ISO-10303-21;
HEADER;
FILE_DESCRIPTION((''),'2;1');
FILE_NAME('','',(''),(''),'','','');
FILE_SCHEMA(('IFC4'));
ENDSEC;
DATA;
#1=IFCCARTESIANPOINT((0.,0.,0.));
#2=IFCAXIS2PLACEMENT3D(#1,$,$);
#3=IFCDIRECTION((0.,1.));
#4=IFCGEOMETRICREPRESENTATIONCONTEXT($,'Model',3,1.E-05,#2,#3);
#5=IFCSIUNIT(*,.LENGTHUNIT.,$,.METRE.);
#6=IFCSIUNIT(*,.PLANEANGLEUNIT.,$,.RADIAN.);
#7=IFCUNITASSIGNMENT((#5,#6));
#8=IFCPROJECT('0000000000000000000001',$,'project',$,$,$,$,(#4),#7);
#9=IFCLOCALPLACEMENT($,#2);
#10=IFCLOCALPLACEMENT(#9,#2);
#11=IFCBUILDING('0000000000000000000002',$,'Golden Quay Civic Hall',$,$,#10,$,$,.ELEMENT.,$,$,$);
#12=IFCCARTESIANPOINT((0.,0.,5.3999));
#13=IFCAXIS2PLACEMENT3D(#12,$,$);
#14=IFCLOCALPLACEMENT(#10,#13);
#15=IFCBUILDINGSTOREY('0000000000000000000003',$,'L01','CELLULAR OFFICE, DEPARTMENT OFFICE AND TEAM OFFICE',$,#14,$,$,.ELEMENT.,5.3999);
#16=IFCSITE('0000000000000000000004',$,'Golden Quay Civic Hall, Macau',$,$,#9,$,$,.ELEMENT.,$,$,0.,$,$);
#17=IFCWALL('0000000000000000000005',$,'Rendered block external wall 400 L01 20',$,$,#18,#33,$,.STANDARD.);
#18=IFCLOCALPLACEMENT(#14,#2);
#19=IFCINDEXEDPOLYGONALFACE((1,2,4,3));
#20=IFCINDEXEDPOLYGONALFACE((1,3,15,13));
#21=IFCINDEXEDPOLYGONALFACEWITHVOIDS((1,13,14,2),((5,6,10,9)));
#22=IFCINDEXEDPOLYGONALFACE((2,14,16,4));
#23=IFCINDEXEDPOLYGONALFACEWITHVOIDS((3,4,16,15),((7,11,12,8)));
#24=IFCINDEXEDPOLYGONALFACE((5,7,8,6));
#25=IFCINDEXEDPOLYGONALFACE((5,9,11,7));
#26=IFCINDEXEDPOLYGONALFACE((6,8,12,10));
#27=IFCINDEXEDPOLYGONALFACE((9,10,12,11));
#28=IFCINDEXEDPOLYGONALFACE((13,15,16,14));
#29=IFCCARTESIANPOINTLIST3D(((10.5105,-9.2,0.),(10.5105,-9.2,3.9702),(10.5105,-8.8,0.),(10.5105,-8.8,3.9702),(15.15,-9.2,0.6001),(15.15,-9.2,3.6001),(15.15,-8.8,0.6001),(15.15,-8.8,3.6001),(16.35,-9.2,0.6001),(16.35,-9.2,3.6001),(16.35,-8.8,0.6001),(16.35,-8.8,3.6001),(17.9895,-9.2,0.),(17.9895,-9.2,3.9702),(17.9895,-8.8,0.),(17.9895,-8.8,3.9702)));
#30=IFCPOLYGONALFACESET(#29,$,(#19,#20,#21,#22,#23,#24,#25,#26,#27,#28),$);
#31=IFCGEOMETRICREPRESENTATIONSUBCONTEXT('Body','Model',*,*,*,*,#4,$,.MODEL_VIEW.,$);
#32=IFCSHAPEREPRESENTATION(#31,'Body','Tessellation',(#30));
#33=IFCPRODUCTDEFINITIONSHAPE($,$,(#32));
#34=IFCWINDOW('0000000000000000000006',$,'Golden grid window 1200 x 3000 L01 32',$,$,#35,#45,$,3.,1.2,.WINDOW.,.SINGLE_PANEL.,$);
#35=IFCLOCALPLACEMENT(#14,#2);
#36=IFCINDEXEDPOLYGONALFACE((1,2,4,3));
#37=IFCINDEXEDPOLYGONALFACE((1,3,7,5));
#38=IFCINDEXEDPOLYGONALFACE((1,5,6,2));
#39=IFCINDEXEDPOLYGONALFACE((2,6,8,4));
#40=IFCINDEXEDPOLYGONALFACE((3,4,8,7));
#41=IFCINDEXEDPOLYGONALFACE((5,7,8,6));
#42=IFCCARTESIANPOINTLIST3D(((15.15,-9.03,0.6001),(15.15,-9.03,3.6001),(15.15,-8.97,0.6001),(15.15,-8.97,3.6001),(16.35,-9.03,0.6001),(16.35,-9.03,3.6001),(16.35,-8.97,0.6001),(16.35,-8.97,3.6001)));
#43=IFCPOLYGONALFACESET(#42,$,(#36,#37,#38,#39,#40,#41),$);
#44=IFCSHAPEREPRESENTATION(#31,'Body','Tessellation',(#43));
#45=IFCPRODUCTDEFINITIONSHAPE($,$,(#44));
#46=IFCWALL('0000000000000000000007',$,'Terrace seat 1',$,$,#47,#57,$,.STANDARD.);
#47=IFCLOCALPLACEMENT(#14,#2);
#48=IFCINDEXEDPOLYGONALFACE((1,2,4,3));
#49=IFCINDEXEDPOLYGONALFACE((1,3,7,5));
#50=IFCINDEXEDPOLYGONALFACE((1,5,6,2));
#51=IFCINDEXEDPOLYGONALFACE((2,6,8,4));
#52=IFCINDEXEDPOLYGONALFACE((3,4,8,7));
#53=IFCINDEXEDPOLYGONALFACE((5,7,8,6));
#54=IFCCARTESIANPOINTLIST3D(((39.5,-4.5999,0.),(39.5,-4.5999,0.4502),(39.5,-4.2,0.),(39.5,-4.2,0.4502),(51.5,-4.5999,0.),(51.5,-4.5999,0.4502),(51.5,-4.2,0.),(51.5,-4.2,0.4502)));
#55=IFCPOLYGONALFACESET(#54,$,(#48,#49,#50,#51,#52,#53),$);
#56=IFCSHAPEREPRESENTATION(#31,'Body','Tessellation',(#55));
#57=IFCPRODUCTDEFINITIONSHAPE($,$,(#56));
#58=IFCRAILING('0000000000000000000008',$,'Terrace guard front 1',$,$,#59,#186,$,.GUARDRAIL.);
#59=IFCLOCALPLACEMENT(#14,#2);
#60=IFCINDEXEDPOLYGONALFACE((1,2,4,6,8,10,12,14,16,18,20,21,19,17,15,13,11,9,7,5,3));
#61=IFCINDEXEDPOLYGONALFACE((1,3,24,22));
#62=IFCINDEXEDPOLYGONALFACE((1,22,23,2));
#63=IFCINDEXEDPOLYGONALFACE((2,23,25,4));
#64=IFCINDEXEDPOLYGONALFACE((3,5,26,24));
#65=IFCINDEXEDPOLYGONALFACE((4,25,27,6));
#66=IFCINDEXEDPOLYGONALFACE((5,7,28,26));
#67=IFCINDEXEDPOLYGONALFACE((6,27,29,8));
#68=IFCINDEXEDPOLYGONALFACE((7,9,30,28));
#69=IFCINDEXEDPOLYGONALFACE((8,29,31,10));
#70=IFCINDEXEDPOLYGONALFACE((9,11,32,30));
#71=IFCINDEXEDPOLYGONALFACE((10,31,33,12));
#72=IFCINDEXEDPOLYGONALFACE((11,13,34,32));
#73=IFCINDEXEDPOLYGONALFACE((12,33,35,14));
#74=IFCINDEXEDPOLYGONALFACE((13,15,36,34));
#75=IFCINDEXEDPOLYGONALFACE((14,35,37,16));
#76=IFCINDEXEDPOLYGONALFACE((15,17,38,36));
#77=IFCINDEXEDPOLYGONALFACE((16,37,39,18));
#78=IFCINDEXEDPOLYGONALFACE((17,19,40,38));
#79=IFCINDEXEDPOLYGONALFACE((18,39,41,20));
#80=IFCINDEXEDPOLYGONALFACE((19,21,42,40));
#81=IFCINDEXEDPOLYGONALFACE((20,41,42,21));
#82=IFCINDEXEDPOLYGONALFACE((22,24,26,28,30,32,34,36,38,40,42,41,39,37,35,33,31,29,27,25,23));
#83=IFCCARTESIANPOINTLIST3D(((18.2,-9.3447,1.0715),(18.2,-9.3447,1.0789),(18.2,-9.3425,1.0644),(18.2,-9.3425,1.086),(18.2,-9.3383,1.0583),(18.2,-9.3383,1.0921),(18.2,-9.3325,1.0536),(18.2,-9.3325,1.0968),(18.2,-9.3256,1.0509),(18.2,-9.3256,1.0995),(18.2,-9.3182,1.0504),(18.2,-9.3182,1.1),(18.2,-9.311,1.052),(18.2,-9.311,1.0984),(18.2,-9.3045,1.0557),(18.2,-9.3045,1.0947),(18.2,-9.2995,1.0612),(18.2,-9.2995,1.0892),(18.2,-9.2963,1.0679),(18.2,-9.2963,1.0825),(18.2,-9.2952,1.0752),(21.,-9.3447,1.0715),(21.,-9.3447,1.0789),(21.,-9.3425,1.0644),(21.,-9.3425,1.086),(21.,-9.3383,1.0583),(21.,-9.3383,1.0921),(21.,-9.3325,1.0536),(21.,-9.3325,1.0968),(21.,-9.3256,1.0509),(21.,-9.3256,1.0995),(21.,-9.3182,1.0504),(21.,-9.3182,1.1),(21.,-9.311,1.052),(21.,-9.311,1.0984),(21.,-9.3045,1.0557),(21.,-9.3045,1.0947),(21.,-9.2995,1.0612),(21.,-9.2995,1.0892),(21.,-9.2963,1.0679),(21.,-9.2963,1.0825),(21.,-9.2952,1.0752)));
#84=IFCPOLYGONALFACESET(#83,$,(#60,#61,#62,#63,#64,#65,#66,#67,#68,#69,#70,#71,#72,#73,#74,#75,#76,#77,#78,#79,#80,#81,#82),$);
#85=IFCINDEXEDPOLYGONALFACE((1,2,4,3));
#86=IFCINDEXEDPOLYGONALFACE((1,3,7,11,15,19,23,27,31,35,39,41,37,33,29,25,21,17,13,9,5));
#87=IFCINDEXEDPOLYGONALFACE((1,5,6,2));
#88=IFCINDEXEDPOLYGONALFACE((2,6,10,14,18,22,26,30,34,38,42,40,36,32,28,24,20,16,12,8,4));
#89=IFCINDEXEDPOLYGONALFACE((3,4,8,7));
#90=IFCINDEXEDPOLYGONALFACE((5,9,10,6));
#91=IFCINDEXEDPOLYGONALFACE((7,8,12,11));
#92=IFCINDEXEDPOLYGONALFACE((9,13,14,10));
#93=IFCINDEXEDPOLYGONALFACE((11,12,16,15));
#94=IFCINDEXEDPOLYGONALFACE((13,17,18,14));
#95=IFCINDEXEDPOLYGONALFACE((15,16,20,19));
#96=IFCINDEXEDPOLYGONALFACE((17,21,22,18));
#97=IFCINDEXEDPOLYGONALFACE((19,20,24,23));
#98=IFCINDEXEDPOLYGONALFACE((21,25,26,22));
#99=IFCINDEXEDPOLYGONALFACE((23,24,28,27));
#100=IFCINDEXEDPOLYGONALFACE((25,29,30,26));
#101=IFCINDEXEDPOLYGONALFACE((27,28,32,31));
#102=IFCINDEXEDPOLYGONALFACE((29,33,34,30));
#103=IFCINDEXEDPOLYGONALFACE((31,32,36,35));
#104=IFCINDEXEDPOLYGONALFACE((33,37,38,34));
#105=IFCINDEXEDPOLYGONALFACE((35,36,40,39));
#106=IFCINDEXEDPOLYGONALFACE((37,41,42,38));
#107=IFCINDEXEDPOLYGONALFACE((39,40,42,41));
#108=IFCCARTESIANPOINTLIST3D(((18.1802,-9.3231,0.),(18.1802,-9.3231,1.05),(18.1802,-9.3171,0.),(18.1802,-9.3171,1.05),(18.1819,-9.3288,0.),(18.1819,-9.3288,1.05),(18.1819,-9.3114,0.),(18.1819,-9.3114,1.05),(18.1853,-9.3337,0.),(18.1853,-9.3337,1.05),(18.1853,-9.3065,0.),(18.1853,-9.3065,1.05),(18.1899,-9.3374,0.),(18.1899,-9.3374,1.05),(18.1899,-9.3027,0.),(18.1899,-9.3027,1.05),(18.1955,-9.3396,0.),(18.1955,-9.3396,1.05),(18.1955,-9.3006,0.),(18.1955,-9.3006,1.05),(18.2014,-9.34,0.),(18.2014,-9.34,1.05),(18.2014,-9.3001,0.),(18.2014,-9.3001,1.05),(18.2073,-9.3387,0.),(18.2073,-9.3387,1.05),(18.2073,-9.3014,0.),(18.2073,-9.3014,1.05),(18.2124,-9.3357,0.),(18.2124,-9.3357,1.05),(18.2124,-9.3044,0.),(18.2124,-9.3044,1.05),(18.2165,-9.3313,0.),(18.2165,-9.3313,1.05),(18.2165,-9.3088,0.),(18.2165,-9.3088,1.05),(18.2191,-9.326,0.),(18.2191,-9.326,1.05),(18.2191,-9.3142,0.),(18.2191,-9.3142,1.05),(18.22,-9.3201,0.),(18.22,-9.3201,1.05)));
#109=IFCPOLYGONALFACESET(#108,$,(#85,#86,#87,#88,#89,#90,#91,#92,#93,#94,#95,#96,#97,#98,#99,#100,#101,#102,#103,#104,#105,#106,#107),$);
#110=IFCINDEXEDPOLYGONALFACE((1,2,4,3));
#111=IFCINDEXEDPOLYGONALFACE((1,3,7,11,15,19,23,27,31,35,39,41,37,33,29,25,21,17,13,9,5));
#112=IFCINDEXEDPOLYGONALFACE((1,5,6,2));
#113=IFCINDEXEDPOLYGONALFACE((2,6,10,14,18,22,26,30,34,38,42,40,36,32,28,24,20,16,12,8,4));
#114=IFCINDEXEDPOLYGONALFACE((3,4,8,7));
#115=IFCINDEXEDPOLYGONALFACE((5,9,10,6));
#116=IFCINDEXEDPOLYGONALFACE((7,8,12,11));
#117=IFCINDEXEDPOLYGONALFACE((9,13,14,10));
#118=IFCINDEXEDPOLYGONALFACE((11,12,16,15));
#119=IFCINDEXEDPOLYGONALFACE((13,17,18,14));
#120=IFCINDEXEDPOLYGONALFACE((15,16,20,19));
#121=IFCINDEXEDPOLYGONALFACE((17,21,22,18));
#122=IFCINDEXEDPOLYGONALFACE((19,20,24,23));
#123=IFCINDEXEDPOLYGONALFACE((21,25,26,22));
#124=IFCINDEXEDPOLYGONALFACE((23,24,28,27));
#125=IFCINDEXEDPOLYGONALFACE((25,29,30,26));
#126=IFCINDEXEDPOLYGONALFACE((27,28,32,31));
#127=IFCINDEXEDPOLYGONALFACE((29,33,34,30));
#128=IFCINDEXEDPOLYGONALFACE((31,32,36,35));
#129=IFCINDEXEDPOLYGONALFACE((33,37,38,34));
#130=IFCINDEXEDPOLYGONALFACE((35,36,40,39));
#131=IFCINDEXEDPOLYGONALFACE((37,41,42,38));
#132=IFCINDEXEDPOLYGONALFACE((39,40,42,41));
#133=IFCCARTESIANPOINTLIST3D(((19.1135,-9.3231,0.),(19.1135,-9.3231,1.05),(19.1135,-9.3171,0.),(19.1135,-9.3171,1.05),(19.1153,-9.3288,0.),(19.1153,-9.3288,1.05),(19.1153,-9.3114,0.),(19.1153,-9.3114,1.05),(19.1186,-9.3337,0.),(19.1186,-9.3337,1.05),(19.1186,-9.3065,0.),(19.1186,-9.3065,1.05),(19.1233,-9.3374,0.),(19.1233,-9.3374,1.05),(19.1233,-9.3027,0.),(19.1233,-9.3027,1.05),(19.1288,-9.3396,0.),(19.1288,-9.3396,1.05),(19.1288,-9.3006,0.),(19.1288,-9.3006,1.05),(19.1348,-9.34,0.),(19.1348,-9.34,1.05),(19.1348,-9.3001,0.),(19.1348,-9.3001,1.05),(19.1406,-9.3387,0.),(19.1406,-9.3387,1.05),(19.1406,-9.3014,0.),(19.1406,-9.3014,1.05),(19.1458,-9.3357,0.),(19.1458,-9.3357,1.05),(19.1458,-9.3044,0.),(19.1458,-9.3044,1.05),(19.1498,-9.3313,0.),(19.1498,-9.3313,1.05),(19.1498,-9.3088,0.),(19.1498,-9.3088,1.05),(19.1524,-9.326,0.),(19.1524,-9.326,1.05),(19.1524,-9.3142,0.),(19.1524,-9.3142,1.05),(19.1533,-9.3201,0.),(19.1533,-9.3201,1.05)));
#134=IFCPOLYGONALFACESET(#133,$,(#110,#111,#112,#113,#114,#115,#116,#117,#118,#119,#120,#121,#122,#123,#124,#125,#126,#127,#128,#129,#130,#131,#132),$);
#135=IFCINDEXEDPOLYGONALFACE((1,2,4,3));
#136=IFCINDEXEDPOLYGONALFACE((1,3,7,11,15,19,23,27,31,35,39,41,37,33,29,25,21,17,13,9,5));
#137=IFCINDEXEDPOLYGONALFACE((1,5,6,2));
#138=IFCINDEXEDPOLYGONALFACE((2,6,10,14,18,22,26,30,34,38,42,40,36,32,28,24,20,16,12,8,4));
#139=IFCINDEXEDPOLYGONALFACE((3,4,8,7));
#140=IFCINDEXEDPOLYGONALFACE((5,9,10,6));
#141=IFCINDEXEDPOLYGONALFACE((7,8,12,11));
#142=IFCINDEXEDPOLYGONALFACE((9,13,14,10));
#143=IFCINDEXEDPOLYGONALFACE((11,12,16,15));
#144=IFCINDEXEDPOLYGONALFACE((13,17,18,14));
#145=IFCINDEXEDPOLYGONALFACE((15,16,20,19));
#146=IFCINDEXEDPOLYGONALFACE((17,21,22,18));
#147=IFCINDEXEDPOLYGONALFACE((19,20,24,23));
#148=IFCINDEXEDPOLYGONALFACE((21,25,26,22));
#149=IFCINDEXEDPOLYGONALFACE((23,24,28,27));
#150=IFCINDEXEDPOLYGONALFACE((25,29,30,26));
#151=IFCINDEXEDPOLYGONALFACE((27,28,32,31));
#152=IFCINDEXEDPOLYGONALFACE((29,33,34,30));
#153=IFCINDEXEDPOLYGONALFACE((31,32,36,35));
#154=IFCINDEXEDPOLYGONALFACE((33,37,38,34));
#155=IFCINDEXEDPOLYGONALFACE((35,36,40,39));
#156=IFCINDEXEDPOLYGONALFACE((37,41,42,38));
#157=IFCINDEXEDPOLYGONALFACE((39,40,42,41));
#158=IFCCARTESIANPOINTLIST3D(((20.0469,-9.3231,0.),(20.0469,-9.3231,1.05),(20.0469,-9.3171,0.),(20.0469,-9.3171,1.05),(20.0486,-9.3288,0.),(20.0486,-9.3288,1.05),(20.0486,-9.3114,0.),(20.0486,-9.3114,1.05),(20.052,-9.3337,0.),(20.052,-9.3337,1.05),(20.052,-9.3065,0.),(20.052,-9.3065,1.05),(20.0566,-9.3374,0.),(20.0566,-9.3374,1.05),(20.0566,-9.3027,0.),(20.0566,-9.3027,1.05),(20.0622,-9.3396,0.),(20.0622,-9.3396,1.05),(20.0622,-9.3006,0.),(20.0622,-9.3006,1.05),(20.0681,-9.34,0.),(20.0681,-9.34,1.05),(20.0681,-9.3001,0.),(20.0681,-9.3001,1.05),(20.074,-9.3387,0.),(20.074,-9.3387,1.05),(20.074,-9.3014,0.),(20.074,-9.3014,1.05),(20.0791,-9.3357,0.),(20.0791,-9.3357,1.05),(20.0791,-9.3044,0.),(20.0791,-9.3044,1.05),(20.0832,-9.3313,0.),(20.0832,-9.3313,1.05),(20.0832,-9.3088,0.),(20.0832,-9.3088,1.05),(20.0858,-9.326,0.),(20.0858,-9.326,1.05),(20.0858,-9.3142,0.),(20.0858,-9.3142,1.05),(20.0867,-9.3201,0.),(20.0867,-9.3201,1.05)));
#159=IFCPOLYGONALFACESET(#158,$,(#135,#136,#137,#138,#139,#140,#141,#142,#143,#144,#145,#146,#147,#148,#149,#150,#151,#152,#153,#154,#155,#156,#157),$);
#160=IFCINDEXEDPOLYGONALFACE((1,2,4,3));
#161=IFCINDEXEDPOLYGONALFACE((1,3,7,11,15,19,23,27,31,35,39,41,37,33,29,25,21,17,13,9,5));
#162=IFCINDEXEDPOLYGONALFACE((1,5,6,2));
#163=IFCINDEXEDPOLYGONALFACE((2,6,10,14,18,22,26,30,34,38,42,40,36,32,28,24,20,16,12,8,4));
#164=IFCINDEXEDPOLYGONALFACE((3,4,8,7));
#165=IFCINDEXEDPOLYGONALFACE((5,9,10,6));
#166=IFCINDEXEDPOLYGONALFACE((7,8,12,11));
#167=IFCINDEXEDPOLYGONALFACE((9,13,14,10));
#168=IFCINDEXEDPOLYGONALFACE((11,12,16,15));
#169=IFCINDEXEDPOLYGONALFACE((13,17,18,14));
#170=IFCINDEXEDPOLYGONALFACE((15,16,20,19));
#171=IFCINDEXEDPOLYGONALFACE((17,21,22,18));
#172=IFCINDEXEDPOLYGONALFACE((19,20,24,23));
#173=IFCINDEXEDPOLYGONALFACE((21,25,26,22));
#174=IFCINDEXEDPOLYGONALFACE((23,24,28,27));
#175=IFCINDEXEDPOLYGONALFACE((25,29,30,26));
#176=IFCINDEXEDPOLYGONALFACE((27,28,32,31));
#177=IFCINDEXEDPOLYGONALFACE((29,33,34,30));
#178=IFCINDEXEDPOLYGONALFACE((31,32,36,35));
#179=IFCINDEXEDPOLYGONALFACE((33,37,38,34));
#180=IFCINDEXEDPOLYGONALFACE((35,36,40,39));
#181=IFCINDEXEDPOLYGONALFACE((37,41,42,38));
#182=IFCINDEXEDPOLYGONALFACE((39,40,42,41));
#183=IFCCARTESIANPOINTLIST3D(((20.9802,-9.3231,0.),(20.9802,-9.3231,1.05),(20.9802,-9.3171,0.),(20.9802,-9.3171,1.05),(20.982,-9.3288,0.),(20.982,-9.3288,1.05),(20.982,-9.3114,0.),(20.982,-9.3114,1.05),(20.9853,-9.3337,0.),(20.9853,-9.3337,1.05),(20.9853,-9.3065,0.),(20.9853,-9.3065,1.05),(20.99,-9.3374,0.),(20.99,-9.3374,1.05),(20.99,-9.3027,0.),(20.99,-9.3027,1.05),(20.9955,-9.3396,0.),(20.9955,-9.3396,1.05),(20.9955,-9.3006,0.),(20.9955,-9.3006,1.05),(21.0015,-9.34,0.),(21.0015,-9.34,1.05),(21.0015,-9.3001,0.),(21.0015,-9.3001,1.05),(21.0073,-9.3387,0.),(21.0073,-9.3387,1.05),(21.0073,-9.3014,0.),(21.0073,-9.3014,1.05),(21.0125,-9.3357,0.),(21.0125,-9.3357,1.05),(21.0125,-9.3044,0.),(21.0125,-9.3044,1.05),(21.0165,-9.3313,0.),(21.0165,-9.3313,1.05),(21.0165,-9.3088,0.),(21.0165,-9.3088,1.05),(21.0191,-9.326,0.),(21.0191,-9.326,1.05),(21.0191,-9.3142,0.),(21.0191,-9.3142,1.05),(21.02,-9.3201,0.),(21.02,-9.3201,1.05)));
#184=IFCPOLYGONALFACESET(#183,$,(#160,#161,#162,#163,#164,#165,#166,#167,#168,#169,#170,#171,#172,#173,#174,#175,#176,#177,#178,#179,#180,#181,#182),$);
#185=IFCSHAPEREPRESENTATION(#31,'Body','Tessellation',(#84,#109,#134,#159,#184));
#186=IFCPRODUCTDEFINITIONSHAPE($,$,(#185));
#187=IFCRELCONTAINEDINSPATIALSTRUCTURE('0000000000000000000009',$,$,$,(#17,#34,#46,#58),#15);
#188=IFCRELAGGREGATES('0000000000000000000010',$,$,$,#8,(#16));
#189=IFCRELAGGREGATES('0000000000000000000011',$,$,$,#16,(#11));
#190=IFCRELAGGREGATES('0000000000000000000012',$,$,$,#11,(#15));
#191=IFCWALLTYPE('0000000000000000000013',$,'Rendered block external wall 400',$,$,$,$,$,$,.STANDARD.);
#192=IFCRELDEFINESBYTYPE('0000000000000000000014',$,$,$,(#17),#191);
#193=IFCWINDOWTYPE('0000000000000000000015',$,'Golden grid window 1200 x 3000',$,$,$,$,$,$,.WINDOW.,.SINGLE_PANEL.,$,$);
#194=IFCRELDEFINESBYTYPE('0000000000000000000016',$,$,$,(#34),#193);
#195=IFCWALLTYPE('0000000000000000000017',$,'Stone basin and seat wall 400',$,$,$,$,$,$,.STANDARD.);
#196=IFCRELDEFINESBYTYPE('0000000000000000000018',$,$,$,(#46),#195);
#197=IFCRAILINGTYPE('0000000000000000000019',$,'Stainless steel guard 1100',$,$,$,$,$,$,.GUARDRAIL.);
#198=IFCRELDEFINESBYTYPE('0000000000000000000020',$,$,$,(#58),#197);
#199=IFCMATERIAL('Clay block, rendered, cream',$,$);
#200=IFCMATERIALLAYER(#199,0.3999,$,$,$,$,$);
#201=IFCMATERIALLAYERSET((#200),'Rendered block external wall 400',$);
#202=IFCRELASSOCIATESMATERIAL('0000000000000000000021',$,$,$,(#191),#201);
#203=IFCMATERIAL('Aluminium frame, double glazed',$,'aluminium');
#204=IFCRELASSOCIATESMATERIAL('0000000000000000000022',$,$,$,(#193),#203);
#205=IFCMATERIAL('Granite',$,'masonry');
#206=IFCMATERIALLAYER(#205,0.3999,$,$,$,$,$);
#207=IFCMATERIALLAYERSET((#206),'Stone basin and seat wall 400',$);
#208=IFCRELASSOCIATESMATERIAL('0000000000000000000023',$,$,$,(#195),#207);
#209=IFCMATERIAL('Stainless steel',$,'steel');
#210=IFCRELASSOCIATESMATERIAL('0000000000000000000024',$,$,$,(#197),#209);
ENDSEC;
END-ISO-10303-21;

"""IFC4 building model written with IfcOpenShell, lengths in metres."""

from ifc_helpers import new_model, si_unit, direction, frame, frame_2d, origin, origin_2d, place, context, subcontext, project, spatial, rectangle, circle, extrude, material, layer, layer_set, type_object, element, fill, save


model = new_model("IFC4")

# Units and contexts
model_context = context("Model", 3, precision=1e-05, world=origin(), true_north=direction((0.0, 1.0)))
body_context = subcontext(model_context, "Body", "Model", "MODEL_VIEW")
ifc_project = project(units=[si_unit("LENGTHUNIT", "METRE"), si_unit("PLANEANGLEUNIT", "RADIAN")], contexts=[model_context])

# Site, building, storey
site_placement = place(None, origin())
site = spatial("IfcSite", under=ifc_project, at=site_placement, Name="Golden Quay Civic Hall, Macau", CompositionType="ELEMENT", RefElevation=0.0)
building_placement = place(site_placement, origin())
building = spatial("IfcBuilding", under=site, at=building_placement, Name="Golden Quay Civic Hall", CompositionType="ELEMENT")
storey_placement = place(building_placement, frame((0.0, 0.0, 5.3999)))
storey = spatial("IfcBuildingStorey", under=building, at=storey_placement, Name="L01", Description="CELLULAR OFFICE, DEPARTMENT OFFICE AND TEAM OFFICE", CompositionType="ELEMENT", Elevation=5.3999)

# Shared definitions
ifc_material_1 = material(Name="Clay block, rendered, cream")
ifc_layer_1 = layer(ifc_material_1, 0.3999)
ifc_layer_set_1 = layer_set([ifc_layer_1], Name="Rendered block external wall 400")
wall_type_1 = type_object("IfcWallType", Name="Rendered block external wall 400", PredefinedType="STANDARD", material=ifc_layer_set_1)
ifc_material_2 = material(Name="Aluminium frame, double glazed", Category="aluminium")
window_type = type_object("IfcWindowType", Name="Golden grid window 1200 x 3000", PartitioningType="SINGLE_PANEL", PredefinedType="WINDOW", material=ifc_material_2)

# Wall, opening, window
wall_1_placement = place(storey_placement, frame((17.9895, -9.0, 0.0), z_axis=(0.0, 0.0, 1.0), x_axis=(-1.0, 0.0, 0.0)))
wall_1 = element("IfcWall", 1, at=wall_1_placement, inside=storey, type_object=wall_type_1, Name="Rendered block external wall 400 L01 20", PredefinedType="STANDARD", context=body_context, shape_type="SweptSolid", body=[
    extrude(rectangle(XDim=7.479, YDim=0.3999, at=frame_2d((3.7395, 0.0))), origin(), (0.0, 0.0, 1.0), 3.9702),
])
opening_1_placement = place(wall_1_placement, frame((1.6394, 0.0, 0.6001)))
opening_1 = element("IfcOpeningElement", 2, at=opening_1_placement, cuts=wall_1, PredefinedType="OPENING", context=body_context, shape_type="SweptSolid", body=[
    extrude(rectangle(XDim=1.2, YDim=3.0, at=frame_2d((0.6001, 1.5))), frame((0.0, 0.21, 0.0), z_axis=(0.0, -1.0, 0.0), x_axis=(1.0, 0.0, 0.0)), (0.0, 0.0, 1.0), 0.4199),
])
window_1_placement = place(opening_1_placement, origin())
window_1 = element("IfcWindow", 3, at=window_1_placement, inside=storey, type_object=window_type, Name="Golden grid window 1200 x 3000 L01 32", OverallHeight=3.0, OverallWidth=1.2, PartitioningType="SINGLE_PANEL", PredefinedType="WINDOW", context=body_context, shape_type="SweptSolid", body=[
    extrude(rectangle(XDim=1.2, YDim=3.0, at=frame_2d((0.6001, 1.5))), frame((0.0, 0.03, 0.0), z_axis=(0.0, -1.0, 0.0), x_axis=(1.0, 0.0, 0.0)), (0.0, 0.0, 1.0), 0.0601),
])
fill(opening_1, window_1)

# Wall
ifc_material_3 = material(Name="Granite", Category="masonry")
ifc_layer_2 = layer(ifc_material_3, 0.3999)
ifc_layer_set_2 = layer_set([ifc_layer_2], Name="Stone basin and seat wall 400")
wall_type_2 = type_object("IfcWallType", Name="Stone basin and seat wall 400", PredefinedType="STANDARD", material=ifc_layer_set_2)
wall_2_placement = place(storey_placement, frame((39.5, -4.3999, 0.0), z_axis=(0.0, 0.0, 1.0), x_axis=(1.0, 0.0, 0.0)))
element("IfcWall", 4, at=wall_2_placement, inside=storey, type_object=wall_type_2, Name="Terrace seat 1", PredefinedType="STANDARD", context=body_context, shape_type="SweptSolid", body=[
    extrude(rectangle(XDim=12.0, YDim=0.3999, at=frame_2d((6.0, 0.0))), origin(), (0.0, 0.0, 1.0), 0.4502),
])

# Railing
ifc_material_4 = material(Name="Stainless steel", Category="steel")
railing_type = type_object("IfcRailingType", Name="Stainless steel guard 1100", PredefinedType="GUARDRAIL", material=ifc_material_4)
railing_1_placement = place(storey_placement, frame((18.2, -9.3201, 0.0)))
element("IfcRailing", 5, at=railing_1_placement, inside=storey, type_object=railing_type, Name="Terrace guard front 1", PredefinedType="GUARDRAIL", context=body_context, shape_type="SweptSolid", body=[
    extrude(circle(Radius=0.0249, at=origin_2d()), frame((0.0, 0.0, 1.0752), z_axis=(1.0, 0.0, 0.0), x_axis=(0.0, 1.0, 0.0)), (0.0, 0.0, 1.0), 2.8),
    extrude(circle(Radius=0.02, at=origin_2d()), origin(), (0.0, 0.0, 1.0), 1.05),
    extrude(circle(Radius=0.02, at=origin_2d()), frame((0.9333, 0.0, 0.0)), (0.0, 0.0, 1.0), 1.05),
    extrude(circle(Radius=0.02, at=origin_2d()), frame((1.8667, 0.0, 0.0)), (0.0, 0.0, 1.0), 1.05),
    extrude(circle(Radius=0.02, at=origin_2d()), frame((2.8, 0.0, 0.0)), (0.0, 0.0, 1.0), 1.05),
])

save(model, "model.ifc")
